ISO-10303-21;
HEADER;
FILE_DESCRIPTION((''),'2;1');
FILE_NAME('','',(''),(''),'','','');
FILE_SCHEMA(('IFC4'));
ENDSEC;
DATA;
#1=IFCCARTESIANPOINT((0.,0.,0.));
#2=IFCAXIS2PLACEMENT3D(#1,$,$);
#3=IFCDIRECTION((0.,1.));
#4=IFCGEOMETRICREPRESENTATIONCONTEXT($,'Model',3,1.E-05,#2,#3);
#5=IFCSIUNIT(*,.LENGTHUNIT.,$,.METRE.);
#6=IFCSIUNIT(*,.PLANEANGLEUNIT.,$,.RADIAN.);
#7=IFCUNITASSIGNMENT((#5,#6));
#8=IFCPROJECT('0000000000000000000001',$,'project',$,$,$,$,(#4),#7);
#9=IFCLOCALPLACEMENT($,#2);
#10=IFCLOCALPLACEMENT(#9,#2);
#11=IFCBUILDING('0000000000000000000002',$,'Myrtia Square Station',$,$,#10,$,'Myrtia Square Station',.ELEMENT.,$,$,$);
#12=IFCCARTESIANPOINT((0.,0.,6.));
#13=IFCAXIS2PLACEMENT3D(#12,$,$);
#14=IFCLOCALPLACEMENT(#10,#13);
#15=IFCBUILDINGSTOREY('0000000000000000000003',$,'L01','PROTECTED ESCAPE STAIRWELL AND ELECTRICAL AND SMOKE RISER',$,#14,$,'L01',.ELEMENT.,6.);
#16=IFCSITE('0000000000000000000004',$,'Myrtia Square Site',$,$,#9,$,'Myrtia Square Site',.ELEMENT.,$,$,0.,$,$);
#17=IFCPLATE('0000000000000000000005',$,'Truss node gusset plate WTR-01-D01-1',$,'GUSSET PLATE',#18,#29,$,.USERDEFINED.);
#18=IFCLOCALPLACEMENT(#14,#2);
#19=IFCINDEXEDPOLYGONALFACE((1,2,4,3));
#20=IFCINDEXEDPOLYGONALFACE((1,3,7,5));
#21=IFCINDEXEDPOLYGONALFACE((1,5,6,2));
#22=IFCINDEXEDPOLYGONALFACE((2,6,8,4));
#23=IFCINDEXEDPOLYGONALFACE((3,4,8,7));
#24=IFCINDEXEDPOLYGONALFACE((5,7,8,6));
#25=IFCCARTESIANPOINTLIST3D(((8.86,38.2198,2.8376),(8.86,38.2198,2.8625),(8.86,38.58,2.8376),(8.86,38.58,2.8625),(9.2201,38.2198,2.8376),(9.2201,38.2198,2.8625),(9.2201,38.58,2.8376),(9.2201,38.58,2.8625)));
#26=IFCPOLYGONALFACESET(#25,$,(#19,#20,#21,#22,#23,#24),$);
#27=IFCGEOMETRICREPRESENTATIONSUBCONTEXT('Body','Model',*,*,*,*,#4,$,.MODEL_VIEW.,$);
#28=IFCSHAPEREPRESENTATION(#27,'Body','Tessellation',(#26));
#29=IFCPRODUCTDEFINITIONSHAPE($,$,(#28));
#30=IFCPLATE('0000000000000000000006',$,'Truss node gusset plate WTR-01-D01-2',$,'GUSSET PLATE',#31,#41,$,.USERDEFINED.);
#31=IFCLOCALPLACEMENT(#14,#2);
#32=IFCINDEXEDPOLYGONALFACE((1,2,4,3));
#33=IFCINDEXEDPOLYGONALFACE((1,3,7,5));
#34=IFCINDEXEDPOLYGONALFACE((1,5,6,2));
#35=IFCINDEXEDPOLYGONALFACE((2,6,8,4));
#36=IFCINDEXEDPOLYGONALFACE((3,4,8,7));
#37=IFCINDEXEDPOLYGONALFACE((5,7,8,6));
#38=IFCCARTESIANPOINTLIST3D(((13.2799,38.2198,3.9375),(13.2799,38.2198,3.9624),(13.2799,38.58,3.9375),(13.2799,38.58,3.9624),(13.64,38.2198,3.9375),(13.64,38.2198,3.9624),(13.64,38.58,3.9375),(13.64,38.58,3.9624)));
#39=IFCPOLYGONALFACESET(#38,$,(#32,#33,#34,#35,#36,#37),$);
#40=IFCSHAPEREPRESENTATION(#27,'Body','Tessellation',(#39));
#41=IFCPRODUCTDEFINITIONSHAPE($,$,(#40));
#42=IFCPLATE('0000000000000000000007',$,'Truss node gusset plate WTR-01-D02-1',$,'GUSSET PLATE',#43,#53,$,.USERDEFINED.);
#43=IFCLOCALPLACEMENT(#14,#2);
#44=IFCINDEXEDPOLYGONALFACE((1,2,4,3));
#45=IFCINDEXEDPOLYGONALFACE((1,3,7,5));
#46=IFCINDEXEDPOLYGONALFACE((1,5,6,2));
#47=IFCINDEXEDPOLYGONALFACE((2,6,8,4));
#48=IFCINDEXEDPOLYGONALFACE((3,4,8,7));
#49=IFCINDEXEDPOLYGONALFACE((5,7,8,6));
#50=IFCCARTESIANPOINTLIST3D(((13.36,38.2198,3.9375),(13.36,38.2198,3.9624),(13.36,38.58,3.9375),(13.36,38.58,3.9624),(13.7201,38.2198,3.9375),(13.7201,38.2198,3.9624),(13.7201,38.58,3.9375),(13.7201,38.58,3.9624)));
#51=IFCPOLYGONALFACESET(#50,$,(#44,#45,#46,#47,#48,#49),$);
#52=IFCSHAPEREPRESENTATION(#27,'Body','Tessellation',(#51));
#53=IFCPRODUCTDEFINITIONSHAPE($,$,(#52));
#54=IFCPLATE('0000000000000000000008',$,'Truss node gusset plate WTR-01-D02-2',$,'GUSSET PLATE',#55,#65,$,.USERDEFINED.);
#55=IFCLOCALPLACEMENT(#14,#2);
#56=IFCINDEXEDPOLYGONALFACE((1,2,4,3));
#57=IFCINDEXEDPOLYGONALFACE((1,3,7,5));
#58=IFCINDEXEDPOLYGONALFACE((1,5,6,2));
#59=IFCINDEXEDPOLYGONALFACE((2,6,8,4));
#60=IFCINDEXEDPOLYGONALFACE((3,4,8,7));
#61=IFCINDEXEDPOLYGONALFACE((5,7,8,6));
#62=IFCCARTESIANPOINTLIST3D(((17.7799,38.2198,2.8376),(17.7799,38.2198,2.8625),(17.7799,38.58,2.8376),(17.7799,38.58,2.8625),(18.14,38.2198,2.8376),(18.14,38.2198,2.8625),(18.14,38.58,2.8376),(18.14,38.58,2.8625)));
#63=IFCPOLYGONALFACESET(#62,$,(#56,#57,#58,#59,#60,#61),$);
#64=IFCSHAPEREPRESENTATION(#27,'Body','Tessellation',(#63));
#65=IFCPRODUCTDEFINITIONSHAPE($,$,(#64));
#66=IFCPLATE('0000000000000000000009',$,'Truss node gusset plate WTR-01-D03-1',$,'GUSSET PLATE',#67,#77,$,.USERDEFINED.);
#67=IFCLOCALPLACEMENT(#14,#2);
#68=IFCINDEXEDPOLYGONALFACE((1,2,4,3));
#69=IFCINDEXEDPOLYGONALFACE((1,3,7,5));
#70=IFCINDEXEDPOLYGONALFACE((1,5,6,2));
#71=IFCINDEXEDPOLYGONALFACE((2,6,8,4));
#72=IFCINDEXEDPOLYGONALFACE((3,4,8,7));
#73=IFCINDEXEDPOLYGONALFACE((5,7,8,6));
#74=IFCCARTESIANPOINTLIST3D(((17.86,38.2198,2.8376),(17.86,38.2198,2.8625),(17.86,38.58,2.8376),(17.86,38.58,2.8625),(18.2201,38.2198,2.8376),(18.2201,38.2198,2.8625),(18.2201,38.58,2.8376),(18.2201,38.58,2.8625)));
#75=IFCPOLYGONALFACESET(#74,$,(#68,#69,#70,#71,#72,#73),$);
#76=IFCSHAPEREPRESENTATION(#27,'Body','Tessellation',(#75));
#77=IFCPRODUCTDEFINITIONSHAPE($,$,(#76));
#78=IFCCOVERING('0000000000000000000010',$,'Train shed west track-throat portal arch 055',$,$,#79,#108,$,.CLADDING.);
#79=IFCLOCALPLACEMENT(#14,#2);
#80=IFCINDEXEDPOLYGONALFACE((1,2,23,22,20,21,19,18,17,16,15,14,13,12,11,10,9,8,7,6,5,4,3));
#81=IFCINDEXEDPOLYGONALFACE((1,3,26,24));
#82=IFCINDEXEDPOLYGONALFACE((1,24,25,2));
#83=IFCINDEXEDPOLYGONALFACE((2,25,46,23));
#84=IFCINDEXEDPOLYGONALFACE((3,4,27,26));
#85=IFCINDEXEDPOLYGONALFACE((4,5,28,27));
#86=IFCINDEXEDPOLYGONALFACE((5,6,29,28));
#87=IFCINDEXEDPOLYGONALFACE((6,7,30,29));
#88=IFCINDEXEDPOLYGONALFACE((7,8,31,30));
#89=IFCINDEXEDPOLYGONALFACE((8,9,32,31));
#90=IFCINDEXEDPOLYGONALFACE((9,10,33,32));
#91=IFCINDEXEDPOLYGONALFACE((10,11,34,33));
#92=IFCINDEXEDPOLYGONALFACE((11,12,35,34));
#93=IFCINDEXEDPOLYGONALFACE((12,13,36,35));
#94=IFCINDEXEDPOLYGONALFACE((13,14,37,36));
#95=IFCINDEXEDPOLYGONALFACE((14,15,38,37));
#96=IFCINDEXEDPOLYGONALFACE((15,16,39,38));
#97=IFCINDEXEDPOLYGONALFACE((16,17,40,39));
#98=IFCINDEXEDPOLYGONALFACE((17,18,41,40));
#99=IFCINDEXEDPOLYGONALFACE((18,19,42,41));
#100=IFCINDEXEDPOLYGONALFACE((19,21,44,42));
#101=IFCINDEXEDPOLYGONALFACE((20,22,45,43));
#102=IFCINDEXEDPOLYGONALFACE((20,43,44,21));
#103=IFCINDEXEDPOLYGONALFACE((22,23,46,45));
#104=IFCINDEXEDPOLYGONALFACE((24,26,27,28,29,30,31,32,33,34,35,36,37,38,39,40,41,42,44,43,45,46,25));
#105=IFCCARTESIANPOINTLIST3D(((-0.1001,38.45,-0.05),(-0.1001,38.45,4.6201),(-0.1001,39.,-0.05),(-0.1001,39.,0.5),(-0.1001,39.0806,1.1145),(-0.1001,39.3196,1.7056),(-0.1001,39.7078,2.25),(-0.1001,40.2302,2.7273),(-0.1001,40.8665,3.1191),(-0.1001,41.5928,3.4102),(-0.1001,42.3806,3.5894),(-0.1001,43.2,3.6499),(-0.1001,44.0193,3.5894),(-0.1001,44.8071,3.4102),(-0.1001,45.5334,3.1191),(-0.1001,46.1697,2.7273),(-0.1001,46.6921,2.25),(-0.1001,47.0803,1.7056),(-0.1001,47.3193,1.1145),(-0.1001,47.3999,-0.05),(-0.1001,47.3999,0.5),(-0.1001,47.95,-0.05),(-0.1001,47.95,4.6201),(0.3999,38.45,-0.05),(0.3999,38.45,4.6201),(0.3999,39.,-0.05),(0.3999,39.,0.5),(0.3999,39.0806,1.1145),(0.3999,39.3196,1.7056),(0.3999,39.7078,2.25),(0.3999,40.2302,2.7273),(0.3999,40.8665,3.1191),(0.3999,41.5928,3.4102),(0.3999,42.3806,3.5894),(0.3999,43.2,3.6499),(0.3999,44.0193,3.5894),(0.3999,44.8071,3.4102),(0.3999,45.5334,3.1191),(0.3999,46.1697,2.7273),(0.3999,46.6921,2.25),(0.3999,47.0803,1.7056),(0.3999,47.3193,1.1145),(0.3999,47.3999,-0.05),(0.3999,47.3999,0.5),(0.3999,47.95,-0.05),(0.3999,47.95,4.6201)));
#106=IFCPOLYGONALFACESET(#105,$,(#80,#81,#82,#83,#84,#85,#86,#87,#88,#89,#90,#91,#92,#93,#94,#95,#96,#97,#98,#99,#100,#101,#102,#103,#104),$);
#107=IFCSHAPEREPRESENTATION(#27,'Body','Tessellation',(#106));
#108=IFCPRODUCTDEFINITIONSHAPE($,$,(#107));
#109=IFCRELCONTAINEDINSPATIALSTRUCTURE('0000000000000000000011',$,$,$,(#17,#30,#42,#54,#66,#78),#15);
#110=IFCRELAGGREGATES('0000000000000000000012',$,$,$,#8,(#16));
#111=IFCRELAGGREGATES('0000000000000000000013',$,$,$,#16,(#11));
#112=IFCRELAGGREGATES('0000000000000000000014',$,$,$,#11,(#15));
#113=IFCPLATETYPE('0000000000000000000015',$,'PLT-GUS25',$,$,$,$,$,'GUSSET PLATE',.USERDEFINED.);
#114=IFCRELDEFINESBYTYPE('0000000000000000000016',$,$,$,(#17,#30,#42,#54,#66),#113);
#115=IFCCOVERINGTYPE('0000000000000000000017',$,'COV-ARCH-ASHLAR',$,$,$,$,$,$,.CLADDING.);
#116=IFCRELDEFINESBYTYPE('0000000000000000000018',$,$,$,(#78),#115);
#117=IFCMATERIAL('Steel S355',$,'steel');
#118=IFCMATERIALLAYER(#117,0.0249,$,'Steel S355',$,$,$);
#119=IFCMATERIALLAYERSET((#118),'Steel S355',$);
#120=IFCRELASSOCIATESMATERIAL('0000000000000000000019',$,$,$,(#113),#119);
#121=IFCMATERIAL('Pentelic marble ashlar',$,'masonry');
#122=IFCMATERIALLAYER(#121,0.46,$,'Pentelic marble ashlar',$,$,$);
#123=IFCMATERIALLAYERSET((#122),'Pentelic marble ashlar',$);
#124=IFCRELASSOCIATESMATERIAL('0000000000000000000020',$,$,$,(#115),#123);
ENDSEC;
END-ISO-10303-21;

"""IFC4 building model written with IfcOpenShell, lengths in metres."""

from ifc_helpers import new_model, si_unit, direction, frame, origin, origin_2d, place, context, subcontext, project, spatial, polyline, rectangle, outline, extrude, material, layer, layer_set, type_object, element, save


model = new_model("IFC4")

# Units and contexts
model_context = context("Model", 3, precision=1e-05, world=origin(), true_north=direction((0.0, 1.0)))
body_context = subcontext(model_context, "Body", "Model", "MODEL_VIEW")
ifc_project = project(units=[si_unit("LENGTHUNIT", "METRE"), si_unit("PLANEANGLEUNIT", "RADIAN")], contexts=[model_context])

# Site, building, storey
site_placement = place(None, origin())
site = spatial("IfcSite", under=ifc_project, at=site_placement, Name="Myrtia Square Site", LongName="Myrtia Square Site", CompositionType="ELEMENT", RefElevation=0.0)
building_placement = place(site_placement, origin())
building = spatial("IfcBuilding", under=site, at=building_placement, Name="Myrtia Square Station", LongName="Myrtia Square Station", CompositionType="ELEMENT")
storey_placement = place(building_placement, frame((0.0, 0.0, 6.0)))
storey = spatial("IfcBuildingStorey", under=building, at=storey_placement, Name="L01", Description="PROTECTED ESCAPE STAIRWELL AND ELECTRICAL AND SMOKE RISER", LongName="L01", CompositionType="ELEMENT", Elevation=6.0)

# Shared definitions
ifc_material_1 = material(Name="Steel S355", Category="steel")

# Plates
ifc_layer_1 = layer(ifc_material_1, 0.0249, Name="Steel S355")
ifc_layer_set_1 = layer_set([ifc_layer_1], Name="Steel S355")
plate_type_1 = type_object("IfcPlateType", Name="PLT-GUS25", ElementType="GUSSET PLATE", PredefinedType="USERDEFINED", material=ifc_layer_set_1)
for number, where, z_axis, x_axis, name in (
    (1, (9.04, 38.3999, 2.8376), (0.0, 0.0, 1.0), (1.0, 0.0, 0.0), "Truss node gusset plate WTR-01-D01-1"),
    (2, (13.46, 38.3999, 3.9375), (0.0, 0.0, 1.0), (1.0, 0.0, 0.0), "Truss node gusset plate WTR-01-D01-2"),
    (3, (13.54, 38.3999, 3.9375), (0.0, 0.0, 1.0), (1.0, 0.0, 0.0), "Truss node gusset plate WTR-01-D02-1"),
    (4, (17.96, 38.3999, 2.8376), (0.0, 0.0, 1.0), (1.0, 0.0, 0.0), "Truss node gusset plate WTR-01-D02-2"),
    (5, (18.04, 38.3999, 2.8376), (0.0, 0.0, 1.0), (1.0, 0.0, 0.0), "Truss node gusset plate WTR-01-D03-1"),
):
    element("IfcPlate", number, at=place(storey_placement, frame(where, z_axis=z_axis, x_axis=x_axis)), inside=storey, type_object=plate_type_1, Name=name, ObjectType="GUSSET PLATE", PredefinedType="USERDEFINED", context=body_context, shape_type="SweptSolid", body=[
        extrude(rectangle(XDim=0.3601, YDim=0.3601, at=origin_2d()), origin(), (0.0, 0.0, 1.0), 0.0249),
    ])

# Covering
ifc_material_2 = material(Name="Pentelic marble ashlar", Category="masonry")
ifc_layer_2 = layer(ifc_material_2, 0.46, Name="Pentelic marble ashlar")
ifc_layer_set_2 = layer_set([ifc_layer_2], Name="Pentelic marble ashlar")
covering_type = type_object("IfcCoveringType", Name="COV-ARCH-ASHLAR", PredefinedType="CLADDING", material=ifc_layer_set_2)
covering_placement = place(storey_placement, frame((0.1499, 38.45, -0.05), z_axis=(0.0, 0.0, 1.0), x_axis=(0.0, 1.0, 0.0)))
element("IfcCovering", 6, at=covering_placement, inside=storey, type_object=covering_type, Name="Train shed west track-throat portal arch 055", PredefinedType="CLADDING", context=body_context, shape_type="SweptSolid", body=[
    extrude(outline(polyline([(0.0, 0.0), (0.55, 0.0), (0.55, 0.55), (0.6306, 1.1646), (0.8696, 1.7556), (1.2578, 2.3), (1.7803, 2.7773), (2.4165, 3.1692), (3.1428, 3.4602), (3.9307, 3.6394), (4.75, 3.7), (5.5693, 3.6394), (6.3572, 3.4602), (7.0835, 3.1692), (7.7197, 2.7773), (8.2422, 2.3), (8.6304, 1.7556), (8.8694, 1.1646), (8.95, 0.55), (8.95, 0.0), (9.5, 0.0), (9.5, 4.6702), (0.0, 4.6702), (0.0, 0.0)])), frame((0.0, 0.25, 0.0), z_axis=(0.0, -1.0, 0.0), x_axis=(1.0, 0.0, 0.0)), (0.0, 0.0, 1.0), 0.5),
])

save(model, "model.ifc")
